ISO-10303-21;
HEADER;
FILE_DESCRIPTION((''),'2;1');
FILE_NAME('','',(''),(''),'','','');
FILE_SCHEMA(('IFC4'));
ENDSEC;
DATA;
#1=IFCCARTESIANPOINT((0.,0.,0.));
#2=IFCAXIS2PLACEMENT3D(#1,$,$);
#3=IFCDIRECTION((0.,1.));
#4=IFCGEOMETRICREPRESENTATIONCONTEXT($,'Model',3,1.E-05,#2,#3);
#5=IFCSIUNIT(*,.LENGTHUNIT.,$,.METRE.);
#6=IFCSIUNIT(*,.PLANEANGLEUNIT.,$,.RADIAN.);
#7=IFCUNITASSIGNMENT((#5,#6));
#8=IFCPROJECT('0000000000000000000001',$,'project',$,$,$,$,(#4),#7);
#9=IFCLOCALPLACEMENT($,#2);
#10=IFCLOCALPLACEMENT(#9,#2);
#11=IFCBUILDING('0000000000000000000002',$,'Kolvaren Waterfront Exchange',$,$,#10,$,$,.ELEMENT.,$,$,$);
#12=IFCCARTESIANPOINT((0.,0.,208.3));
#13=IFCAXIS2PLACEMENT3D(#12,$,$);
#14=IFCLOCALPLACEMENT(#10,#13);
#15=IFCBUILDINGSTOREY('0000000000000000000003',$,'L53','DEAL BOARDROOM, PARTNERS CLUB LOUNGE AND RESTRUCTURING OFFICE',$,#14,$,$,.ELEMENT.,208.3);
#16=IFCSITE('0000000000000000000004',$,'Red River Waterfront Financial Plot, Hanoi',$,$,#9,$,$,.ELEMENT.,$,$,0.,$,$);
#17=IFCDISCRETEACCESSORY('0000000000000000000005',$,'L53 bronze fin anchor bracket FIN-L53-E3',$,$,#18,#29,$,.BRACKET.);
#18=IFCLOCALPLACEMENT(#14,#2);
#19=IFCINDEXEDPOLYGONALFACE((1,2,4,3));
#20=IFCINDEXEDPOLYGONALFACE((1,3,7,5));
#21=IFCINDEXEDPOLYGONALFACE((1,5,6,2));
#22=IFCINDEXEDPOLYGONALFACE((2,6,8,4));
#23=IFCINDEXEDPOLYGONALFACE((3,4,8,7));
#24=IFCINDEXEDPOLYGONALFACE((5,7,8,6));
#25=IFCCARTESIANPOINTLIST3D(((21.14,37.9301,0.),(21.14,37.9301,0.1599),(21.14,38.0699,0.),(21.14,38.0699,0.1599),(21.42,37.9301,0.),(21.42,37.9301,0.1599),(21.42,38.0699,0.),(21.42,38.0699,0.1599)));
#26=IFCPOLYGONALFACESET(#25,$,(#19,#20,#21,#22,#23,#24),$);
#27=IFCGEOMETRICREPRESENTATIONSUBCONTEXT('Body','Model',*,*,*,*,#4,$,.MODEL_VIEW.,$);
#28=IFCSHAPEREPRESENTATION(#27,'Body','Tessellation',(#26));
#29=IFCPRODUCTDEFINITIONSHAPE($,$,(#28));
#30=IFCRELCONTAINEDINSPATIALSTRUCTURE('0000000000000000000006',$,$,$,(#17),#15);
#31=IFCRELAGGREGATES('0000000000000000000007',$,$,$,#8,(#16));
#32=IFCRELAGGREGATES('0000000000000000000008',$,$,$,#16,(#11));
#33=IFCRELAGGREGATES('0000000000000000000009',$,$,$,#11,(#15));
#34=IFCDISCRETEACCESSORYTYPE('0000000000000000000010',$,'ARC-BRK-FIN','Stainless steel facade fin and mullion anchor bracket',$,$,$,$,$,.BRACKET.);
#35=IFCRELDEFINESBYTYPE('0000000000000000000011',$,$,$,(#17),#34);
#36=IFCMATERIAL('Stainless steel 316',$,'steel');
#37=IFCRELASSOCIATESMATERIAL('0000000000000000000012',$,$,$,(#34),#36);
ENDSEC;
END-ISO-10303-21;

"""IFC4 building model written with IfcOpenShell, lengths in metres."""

from ifc_helpers import new_model, si_unit, direction, frame, origin, origin_with_axes, origin_2d, place, context, subcontext, project, spatial, rectangle, extrude, source, transform, mapped, material, type_object, element, save


model = new_model("IFC4")

# Units and contexts
model_context = context("Model", 3, precision=1e-05, world=origin(), true_north=direction((0.0, 1.0)))
body_context = subcontext(model_context, "Body", "Model", "MODEL_VIEW")
ifc_project = project(units=[si_unit("LENGTHUNIT", "METRE"), si_unit("PLANEANGLEUNIT", "RADIAN")], contexts=[model_context])

# Site, building, storey
site_placement = place(None, origin())
site = spatial("IfcSite", under=ifc_project, at=site_placement, Name="Red River Waterfront Financial Plot, Hanoi", CompositionType="ELEMENT", RefElevation=0.0)
building_placement = place(site_placement, origin())
building = spatial("IfcBuilding", under=site, at=building_placement, Name="Kolvaren Waterfront Exchange", CompositionType="ELEMENT")
storey_placement = place(building_placement, frame((0.0, 0.0, 208.3)))
storey = spatial("IfcBuildingStorey", under=building, at=storey_placement, Name="L53", Description="DEAL BOARDROOM, PARTNERS CLUB LOUNGE AND RESTRUCTURING OFFICE", CompositionType="ELEMENT", Elevation=208.3)

# Shared definitions
ifc_material_1 = material(Name="Stainless steel 316", Category="steel")

# Discrete accessory
discrete_accessory_type = type_object("IfcDiscreteAccessoryType", Name="ARC-BRK-FIN", Description="Stainless steel facade fin and mullion anchor bracket", PredefinedType="BRACKET", material=ifc_material_1)
shared_shape_1 = source(origin_with_axes(), body_context, "Body", "SweptSolid", [
    extrude(rectangle(XDim=0.28, YDim=0.1399, at=origin_2d()), origin(), (0.0, 0.0, 1.0), 0.1599),
])
for number, where, z_axis, x_axis, name in (
    (1, (21.28, 38.0, 0.0), (0.0, 0.0, 1.0), (1.0, 0.0, 0.0), "L53 bronze fin anchor bracket FIN-L53-E3"),
):
    element("IfcDiscreteAccessory", number, at=place(storey_placement, frame(where, z_axis=z_axis, x_axis=x_axis)), inside=storey, type_object=discrete_accessory_type, Name=name, PredefinedType="BRACKET", context=body_context, shape_type="MappedRepresentation", body=[
        mapped(shared_shape_1, transform((0.0, 0.0, 0.0), x_axis=(1.0, 0.0, 0.0), y_axis=(0.0, 1.0, 0.0), z_axis=(0.0, 0.0, 1.0), scale=1.0)),
    ])

save(model, "model.ifc")
